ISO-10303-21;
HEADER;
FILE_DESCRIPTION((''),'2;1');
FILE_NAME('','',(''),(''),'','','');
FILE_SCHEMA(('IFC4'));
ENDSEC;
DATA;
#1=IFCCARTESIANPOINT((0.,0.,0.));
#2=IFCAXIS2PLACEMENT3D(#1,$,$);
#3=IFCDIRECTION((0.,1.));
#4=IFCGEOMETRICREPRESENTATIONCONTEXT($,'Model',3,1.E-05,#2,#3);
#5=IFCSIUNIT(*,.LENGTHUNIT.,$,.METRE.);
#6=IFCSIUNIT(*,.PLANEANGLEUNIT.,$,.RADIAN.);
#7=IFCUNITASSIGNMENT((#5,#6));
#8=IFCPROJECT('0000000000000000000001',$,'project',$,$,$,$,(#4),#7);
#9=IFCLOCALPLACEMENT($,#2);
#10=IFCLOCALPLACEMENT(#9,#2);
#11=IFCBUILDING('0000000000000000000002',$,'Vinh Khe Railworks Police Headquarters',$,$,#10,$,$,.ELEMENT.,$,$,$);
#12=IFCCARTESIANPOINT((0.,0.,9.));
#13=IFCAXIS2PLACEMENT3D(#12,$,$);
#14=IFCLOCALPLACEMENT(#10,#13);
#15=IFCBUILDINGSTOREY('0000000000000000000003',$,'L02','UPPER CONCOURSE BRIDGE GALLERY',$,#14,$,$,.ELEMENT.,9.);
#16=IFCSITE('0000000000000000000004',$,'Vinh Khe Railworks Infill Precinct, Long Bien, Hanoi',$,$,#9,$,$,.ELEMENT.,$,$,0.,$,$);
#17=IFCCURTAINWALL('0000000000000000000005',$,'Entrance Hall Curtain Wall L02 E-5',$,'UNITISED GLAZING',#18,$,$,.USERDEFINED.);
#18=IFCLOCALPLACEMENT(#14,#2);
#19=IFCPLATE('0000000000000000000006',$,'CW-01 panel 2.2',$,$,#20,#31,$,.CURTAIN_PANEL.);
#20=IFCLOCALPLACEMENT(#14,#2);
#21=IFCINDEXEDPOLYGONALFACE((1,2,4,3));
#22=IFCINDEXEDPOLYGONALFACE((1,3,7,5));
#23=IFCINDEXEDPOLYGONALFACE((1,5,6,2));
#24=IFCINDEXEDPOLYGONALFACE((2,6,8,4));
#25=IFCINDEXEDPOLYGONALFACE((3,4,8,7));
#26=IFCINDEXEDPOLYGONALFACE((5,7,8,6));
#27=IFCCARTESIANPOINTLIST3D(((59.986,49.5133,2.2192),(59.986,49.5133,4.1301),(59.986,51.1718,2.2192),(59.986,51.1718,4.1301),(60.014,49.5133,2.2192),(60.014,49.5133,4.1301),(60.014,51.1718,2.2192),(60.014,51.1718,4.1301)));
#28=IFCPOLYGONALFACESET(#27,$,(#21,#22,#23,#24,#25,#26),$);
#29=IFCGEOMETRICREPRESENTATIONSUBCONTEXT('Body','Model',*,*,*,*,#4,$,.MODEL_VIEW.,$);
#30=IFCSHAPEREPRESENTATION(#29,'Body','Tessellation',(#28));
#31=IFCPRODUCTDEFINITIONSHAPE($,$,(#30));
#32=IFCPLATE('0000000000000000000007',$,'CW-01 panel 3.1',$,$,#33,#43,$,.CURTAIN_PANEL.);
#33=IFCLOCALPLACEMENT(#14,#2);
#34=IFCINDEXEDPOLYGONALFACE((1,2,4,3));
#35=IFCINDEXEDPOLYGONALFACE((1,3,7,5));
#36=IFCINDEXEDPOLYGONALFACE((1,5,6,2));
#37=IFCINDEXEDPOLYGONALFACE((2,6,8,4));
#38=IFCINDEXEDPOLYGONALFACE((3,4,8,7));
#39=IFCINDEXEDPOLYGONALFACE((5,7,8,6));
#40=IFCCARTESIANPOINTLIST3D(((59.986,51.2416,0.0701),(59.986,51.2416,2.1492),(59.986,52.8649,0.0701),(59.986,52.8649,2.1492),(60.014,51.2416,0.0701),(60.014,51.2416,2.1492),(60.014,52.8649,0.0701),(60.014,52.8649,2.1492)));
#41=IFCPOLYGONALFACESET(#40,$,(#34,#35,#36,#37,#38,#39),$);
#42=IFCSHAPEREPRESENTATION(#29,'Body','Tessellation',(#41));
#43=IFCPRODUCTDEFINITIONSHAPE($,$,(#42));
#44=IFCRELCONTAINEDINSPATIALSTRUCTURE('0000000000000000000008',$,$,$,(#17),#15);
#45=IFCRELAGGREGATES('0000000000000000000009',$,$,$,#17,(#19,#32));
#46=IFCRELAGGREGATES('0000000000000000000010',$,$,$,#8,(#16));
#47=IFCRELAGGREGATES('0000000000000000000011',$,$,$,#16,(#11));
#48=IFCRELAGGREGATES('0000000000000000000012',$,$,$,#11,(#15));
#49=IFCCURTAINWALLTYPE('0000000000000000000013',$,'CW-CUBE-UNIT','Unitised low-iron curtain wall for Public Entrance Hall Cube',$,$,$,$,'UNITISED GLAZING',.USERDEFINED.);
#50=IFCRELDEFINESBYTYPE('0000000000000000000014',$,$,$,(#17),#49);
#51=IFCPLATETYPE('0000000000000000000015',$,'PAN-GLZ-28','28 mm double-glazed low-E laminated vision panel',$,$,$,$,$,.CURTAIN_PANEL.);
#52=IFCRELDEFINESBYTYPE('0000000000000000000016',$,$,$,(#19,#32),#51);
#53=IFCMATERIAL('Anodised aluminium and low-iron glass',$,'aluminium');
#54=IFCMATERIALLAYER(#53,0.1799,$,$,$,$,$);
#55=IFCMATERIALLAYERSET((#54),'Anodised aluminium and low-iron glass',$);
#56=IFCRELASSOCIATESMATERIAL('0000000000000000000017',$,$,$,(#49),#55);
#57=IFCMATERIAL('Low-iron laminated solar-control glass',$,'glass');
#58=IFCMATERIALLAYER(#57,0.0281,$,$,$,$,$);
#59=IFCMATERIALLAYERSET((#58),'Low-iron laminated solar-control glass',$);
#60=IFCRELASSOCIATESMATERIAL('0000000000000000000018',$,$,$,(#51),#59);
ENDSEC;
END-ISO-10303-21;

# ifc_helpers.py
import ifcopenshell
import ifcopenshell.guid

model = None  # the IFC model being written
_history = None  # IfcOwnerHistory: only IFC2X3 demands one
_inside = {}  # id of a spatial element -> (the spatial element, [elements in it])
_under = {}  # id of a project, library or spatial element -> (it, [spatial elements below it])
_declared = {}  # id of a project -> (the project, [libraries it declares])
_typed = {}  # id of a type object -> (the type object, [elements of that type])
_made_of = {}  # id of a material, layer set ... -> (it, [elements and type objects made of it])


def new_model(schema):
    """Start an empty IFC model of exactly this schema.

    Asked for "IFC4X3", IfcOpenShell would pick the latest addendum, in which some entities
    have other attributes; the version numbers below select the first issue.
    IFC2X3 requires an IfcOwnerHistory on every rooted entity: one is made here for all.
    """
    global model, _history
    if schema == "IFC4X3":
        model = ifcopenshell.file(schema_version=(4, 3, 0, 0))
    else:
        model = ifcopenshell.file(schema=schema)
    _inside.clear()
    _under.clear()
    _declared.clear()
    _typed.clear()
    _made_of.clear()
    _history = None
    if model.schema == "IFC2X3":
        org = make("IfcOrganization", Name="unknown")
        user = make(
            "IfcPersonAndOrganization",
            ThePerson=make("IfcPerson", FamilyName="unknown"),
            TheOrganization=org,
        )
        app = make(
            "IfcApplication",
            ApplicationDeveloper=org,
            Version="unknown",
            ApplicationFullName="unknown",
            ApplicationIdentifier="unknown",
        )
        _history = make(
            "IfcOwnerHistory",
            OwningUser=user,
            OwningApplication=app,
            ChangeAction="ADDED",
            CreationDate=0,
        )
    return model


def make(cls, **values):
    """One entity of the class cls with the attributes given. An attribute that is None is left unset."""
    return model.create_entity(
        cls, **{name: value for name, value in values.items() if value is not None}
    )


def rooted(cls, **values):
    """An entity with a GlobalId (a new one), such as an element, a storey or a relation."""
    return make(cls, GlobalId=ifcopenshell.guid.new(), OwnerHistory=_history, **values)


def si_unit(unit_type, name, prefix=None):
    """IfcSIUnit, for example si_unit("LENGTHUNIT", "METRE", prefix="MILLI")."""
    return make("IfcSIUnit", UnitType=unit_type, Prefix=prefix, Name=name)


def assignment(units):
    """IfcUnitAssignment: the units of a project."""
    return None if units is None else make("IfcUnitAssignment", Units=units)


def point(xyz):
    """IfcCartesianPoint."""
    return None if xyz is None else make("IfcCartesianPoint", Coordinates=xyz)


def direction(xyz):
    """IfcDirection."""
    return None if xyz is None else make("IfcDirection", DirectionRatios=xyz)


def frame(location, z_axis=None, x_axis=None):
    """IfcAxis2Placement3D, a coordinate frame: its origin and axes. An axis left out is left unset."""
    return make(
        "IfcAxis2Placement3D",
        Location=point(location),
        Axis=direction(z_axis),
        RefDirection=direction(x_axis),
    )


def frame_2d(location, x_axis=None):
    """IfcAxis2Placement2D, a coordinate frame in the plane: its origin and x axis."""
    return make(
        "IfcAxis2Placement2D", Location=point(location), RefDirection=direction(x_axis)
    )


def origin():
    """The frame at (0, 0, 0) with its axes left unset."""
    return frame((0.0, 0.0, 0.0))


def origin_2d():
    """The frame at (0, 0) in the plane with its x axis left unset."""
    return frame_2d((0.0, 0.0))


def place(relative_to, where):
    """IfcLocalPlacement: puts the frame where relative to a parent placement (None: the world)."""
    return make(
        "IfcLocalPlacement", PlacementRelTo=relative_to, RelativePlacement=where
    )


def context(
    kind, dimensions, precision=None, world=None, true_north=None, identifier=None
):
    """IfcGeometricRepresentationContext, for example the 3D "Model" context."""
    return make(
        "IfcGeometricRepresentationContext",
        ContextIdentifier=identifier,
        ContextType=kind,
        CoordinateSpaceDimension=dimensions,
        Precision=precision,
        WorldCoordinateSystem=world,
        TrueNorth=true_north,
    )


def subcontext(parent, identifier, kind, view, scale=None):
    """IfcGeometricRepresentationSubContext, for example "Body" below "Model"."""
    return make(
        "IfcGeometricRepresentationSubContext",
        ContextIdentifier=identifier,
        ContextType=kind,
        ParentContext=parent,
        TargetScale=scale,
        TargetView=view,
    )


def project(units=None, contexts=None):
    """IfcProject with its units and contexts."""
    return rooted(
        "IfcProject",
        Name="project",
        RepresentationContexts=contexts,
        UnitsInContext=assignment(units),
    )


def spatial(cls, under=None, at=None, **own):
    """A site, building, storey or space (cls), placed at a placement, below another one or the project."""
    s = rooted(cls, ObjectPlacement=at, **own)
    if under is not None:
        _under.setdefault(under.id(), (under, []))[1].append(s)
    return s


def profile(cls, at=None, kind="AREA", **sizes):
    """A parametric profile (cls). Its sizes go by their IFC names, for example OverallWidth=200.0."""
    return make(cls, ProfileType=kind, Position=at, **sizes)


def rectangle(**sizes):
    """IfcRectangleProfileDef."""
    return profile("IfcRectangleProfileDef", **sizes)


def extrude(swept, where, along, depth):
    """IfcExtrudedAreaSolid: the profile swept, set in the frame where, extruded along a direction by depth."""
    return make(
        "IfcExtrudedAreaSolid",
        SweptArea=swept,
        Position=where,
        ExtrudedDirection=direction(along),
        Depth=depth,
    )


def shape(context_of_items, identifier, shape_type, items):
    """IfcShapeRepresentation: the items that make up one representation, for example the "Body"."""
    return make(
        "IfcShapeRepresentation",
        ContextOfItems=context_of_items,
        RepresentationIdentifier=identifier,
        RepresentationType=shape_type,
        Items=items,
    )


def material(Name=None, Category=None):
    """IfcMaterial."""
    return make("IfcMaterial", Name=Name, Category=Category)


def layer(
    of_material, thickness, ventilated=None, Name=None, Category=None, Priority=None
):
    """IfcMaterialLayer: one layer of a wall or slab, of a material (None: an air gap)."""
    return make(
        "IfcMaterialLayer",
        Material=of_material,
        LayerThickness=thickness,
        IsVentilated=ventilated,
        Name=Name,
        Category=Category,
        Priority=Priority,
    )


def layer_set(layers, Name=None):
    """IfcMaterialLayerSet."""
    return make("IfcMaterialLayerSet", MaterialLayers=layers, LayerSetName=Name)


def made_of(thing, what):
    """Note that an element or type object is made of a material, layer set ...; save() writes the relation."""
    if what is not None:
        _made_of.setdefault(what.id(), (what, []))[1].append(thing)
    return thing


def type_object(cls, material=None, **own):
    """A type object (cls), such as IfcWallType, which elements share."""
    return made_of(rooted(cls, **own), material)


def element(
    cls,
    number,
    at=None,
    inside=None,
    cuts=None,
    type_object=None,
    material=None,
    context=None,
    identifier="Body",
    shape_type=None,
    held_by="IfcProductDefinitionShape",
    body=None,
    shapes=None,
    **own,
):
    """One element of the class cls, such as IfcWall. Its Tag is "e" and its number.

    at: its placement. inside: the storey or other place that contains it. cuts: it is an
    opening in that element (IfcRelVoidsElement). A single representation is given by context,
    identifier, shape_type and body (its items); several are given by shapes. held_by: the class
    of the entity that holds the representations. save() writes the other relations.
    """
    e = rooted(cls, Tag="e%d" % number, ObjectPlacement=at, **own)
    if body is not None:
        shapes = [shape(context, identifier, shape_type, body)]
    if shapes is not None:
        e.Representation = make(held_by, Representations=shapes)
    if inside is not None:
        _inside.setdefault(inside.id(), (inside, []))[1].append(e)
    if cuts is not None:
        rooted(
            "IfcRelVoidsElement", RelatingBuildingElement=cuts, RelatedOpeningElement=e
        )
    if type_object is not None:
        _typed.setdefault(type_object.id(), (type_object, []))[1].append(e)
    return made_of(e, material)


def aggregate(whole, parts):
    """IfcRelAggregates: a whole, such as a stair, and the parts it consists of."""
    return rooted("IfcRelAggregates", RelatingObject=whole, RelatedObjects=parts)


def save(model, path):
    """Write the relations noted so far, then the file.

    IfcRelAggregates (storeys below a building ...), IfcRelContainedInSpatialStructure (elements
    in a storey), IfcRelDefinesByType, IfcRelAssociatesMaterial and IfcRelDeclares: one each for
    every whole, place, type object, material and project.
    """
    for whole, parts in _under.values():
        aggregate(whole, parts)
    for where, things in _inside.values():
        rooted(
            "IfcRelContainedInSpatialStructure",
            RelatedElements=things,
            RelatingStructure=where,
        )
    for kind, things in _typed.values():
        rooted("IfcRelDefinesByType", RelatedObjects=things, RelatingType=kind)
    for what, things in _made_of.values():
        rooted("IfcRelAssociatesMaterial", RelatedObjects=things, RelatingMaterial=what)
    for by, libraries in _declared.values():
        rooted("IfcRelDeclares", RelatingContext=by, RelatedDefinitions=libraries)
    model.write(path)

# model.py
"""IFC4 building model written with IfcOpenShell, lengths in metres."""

from ifc_helpers import new_model, si_unit, direction, frame, origin, origin_2d, place, context, subcontext, project, spatial, rectangle, extrude, material, layer, layer_set, type_object, element, aggregate, save


model = new_model("IFC4")

# Units and contexts
model_context = context("Model", 3, precision=1e-05, world=origin(), true_north=direction((0.0, 1.0)))
body_context = subcontext(model_context, "Body", "Model", "MODEL_VIEW")
ifc_project = project(units=[si_unit("LENGTHUNIT", "METRE"), si_unit("PLANEANGLEUNIT", "RADIAN")], contexts=[model_context])

# Site, building, storey
site_placement = place(None, origin())
site = spatial("IfcSite", under=ifc_project, at=site_placement, Name="Vinh Khe Railworks Infill Precinct, Long Bien, Hanoi", CompositionType="ELEMENT", RefElevation=0.0)
building_placement = place(site_placement, origin())
building = spatial("IfcBuilding", under=site, at=building_placement, Name="Vinh Khe Railworks Police Headquarters", CompositionType="ELEMENT")
storey_placement = place(building_placement, frame((0.0, 0.0, 9.0)))
storey = spatial("IfcBuildingStorey", under=building, at=storey_placement, Name="L02", Description="UPPER CONCOURSE BRIDGE GALLERY", CompositionType="ELEMENT", Elevation=9.0)

# Shared definitions
ifc_material_1 = material(Name="Anodised aluminium and low-iron glass", Category="aluminium")
ifc_layer_1 = layer(ifc_material_1, 0.1799)
ifc_layer_set_1 = layer_set([ifc_layer_1], Name="Anodised aluminium and low-iron glass")
curtain_wall_type = type_object("IfcCurtainWallType", Name="CW-CUBE-UNIT", Description="Unitised low-iron curtain wall for Public Entrance Hall Cube", ElementType="UNITISED GLAZING", PredefinedType="USERDEFINED", material=ifc_layer_set_1)

# Curtain wall
curtain_wall_1_placement = place(storey_placement, origin())
curtain_wall_1 = element("IfcCurtainWall", 1, at=curtain_wall_1_placement, inside=storey, type_object=curtain_wall_type, Name="Entrance Hall Curtain Wall L02 E-5", ObjectType="UNITISED GLAZING", PredefinedType="USERDEFINED")

# Plates
ifc_material_2 = material(Name="Low-iron laminated solar-control glass", Category="glass")
ifc_layer_2 = layer(ifc_material_2, 0.0281)
ifc_layer_set_2 = layer_set([ifc_layer_2], Name="Low-iron laminated solar-control glass")
plate_type = type_object("IfcPlateType", Name="PAN-GLZ-28", Description="28 mm double-glazed low-E laminated vision panel", PredefinedType="CURTAIN_PANEL", material=ifc_layer_set_2)
plate_1_placement = place(storey_placement, frame((60.0, 50.3425, 2.2192), z_axis=(0.0, 0.0, 1.0), x_axis=(0.0, 1.0, 0.0)))
plate_1 = element("IfcPlate", 2, at=plate_1_placement, type_object=plate_type, Name="CW-01 panel 2.2", PredefinedType="CURTAIN_PANEL", context=body_context, shape_type="SweptSolid", body=[
    extrude(rectangle(XDim=1.6584, YDim=0.0281, at=origin_2d()), origin(), (0.0, 0.0, 1.0), 1.9109),
])
plate_2_placement = place(storey_placement, frame((60.0, 52.0532, 0.0701), z_axis=(0.0, 0.0, 1.0), x_axis=(0.0, 1.0, 0.0)))
plate_2 = element("IfcPlate", 3, at=plate_2_placement, type_object=plate_type, Name="CW-01 panel 3.1", PredefinedType="CURTAIN_PANEL", context=body_context, shape_type="SweptSolid", body=[
    extrude(rectangle(XDim=1.6233, YDim=0.0281, at=origin_2d()), origin(), (0.0, 0.0, 1.0), 2.0791),
])
aggregate(curtain_wall_1, [plate_1, plate_2])

save(model, "model.ifc")
